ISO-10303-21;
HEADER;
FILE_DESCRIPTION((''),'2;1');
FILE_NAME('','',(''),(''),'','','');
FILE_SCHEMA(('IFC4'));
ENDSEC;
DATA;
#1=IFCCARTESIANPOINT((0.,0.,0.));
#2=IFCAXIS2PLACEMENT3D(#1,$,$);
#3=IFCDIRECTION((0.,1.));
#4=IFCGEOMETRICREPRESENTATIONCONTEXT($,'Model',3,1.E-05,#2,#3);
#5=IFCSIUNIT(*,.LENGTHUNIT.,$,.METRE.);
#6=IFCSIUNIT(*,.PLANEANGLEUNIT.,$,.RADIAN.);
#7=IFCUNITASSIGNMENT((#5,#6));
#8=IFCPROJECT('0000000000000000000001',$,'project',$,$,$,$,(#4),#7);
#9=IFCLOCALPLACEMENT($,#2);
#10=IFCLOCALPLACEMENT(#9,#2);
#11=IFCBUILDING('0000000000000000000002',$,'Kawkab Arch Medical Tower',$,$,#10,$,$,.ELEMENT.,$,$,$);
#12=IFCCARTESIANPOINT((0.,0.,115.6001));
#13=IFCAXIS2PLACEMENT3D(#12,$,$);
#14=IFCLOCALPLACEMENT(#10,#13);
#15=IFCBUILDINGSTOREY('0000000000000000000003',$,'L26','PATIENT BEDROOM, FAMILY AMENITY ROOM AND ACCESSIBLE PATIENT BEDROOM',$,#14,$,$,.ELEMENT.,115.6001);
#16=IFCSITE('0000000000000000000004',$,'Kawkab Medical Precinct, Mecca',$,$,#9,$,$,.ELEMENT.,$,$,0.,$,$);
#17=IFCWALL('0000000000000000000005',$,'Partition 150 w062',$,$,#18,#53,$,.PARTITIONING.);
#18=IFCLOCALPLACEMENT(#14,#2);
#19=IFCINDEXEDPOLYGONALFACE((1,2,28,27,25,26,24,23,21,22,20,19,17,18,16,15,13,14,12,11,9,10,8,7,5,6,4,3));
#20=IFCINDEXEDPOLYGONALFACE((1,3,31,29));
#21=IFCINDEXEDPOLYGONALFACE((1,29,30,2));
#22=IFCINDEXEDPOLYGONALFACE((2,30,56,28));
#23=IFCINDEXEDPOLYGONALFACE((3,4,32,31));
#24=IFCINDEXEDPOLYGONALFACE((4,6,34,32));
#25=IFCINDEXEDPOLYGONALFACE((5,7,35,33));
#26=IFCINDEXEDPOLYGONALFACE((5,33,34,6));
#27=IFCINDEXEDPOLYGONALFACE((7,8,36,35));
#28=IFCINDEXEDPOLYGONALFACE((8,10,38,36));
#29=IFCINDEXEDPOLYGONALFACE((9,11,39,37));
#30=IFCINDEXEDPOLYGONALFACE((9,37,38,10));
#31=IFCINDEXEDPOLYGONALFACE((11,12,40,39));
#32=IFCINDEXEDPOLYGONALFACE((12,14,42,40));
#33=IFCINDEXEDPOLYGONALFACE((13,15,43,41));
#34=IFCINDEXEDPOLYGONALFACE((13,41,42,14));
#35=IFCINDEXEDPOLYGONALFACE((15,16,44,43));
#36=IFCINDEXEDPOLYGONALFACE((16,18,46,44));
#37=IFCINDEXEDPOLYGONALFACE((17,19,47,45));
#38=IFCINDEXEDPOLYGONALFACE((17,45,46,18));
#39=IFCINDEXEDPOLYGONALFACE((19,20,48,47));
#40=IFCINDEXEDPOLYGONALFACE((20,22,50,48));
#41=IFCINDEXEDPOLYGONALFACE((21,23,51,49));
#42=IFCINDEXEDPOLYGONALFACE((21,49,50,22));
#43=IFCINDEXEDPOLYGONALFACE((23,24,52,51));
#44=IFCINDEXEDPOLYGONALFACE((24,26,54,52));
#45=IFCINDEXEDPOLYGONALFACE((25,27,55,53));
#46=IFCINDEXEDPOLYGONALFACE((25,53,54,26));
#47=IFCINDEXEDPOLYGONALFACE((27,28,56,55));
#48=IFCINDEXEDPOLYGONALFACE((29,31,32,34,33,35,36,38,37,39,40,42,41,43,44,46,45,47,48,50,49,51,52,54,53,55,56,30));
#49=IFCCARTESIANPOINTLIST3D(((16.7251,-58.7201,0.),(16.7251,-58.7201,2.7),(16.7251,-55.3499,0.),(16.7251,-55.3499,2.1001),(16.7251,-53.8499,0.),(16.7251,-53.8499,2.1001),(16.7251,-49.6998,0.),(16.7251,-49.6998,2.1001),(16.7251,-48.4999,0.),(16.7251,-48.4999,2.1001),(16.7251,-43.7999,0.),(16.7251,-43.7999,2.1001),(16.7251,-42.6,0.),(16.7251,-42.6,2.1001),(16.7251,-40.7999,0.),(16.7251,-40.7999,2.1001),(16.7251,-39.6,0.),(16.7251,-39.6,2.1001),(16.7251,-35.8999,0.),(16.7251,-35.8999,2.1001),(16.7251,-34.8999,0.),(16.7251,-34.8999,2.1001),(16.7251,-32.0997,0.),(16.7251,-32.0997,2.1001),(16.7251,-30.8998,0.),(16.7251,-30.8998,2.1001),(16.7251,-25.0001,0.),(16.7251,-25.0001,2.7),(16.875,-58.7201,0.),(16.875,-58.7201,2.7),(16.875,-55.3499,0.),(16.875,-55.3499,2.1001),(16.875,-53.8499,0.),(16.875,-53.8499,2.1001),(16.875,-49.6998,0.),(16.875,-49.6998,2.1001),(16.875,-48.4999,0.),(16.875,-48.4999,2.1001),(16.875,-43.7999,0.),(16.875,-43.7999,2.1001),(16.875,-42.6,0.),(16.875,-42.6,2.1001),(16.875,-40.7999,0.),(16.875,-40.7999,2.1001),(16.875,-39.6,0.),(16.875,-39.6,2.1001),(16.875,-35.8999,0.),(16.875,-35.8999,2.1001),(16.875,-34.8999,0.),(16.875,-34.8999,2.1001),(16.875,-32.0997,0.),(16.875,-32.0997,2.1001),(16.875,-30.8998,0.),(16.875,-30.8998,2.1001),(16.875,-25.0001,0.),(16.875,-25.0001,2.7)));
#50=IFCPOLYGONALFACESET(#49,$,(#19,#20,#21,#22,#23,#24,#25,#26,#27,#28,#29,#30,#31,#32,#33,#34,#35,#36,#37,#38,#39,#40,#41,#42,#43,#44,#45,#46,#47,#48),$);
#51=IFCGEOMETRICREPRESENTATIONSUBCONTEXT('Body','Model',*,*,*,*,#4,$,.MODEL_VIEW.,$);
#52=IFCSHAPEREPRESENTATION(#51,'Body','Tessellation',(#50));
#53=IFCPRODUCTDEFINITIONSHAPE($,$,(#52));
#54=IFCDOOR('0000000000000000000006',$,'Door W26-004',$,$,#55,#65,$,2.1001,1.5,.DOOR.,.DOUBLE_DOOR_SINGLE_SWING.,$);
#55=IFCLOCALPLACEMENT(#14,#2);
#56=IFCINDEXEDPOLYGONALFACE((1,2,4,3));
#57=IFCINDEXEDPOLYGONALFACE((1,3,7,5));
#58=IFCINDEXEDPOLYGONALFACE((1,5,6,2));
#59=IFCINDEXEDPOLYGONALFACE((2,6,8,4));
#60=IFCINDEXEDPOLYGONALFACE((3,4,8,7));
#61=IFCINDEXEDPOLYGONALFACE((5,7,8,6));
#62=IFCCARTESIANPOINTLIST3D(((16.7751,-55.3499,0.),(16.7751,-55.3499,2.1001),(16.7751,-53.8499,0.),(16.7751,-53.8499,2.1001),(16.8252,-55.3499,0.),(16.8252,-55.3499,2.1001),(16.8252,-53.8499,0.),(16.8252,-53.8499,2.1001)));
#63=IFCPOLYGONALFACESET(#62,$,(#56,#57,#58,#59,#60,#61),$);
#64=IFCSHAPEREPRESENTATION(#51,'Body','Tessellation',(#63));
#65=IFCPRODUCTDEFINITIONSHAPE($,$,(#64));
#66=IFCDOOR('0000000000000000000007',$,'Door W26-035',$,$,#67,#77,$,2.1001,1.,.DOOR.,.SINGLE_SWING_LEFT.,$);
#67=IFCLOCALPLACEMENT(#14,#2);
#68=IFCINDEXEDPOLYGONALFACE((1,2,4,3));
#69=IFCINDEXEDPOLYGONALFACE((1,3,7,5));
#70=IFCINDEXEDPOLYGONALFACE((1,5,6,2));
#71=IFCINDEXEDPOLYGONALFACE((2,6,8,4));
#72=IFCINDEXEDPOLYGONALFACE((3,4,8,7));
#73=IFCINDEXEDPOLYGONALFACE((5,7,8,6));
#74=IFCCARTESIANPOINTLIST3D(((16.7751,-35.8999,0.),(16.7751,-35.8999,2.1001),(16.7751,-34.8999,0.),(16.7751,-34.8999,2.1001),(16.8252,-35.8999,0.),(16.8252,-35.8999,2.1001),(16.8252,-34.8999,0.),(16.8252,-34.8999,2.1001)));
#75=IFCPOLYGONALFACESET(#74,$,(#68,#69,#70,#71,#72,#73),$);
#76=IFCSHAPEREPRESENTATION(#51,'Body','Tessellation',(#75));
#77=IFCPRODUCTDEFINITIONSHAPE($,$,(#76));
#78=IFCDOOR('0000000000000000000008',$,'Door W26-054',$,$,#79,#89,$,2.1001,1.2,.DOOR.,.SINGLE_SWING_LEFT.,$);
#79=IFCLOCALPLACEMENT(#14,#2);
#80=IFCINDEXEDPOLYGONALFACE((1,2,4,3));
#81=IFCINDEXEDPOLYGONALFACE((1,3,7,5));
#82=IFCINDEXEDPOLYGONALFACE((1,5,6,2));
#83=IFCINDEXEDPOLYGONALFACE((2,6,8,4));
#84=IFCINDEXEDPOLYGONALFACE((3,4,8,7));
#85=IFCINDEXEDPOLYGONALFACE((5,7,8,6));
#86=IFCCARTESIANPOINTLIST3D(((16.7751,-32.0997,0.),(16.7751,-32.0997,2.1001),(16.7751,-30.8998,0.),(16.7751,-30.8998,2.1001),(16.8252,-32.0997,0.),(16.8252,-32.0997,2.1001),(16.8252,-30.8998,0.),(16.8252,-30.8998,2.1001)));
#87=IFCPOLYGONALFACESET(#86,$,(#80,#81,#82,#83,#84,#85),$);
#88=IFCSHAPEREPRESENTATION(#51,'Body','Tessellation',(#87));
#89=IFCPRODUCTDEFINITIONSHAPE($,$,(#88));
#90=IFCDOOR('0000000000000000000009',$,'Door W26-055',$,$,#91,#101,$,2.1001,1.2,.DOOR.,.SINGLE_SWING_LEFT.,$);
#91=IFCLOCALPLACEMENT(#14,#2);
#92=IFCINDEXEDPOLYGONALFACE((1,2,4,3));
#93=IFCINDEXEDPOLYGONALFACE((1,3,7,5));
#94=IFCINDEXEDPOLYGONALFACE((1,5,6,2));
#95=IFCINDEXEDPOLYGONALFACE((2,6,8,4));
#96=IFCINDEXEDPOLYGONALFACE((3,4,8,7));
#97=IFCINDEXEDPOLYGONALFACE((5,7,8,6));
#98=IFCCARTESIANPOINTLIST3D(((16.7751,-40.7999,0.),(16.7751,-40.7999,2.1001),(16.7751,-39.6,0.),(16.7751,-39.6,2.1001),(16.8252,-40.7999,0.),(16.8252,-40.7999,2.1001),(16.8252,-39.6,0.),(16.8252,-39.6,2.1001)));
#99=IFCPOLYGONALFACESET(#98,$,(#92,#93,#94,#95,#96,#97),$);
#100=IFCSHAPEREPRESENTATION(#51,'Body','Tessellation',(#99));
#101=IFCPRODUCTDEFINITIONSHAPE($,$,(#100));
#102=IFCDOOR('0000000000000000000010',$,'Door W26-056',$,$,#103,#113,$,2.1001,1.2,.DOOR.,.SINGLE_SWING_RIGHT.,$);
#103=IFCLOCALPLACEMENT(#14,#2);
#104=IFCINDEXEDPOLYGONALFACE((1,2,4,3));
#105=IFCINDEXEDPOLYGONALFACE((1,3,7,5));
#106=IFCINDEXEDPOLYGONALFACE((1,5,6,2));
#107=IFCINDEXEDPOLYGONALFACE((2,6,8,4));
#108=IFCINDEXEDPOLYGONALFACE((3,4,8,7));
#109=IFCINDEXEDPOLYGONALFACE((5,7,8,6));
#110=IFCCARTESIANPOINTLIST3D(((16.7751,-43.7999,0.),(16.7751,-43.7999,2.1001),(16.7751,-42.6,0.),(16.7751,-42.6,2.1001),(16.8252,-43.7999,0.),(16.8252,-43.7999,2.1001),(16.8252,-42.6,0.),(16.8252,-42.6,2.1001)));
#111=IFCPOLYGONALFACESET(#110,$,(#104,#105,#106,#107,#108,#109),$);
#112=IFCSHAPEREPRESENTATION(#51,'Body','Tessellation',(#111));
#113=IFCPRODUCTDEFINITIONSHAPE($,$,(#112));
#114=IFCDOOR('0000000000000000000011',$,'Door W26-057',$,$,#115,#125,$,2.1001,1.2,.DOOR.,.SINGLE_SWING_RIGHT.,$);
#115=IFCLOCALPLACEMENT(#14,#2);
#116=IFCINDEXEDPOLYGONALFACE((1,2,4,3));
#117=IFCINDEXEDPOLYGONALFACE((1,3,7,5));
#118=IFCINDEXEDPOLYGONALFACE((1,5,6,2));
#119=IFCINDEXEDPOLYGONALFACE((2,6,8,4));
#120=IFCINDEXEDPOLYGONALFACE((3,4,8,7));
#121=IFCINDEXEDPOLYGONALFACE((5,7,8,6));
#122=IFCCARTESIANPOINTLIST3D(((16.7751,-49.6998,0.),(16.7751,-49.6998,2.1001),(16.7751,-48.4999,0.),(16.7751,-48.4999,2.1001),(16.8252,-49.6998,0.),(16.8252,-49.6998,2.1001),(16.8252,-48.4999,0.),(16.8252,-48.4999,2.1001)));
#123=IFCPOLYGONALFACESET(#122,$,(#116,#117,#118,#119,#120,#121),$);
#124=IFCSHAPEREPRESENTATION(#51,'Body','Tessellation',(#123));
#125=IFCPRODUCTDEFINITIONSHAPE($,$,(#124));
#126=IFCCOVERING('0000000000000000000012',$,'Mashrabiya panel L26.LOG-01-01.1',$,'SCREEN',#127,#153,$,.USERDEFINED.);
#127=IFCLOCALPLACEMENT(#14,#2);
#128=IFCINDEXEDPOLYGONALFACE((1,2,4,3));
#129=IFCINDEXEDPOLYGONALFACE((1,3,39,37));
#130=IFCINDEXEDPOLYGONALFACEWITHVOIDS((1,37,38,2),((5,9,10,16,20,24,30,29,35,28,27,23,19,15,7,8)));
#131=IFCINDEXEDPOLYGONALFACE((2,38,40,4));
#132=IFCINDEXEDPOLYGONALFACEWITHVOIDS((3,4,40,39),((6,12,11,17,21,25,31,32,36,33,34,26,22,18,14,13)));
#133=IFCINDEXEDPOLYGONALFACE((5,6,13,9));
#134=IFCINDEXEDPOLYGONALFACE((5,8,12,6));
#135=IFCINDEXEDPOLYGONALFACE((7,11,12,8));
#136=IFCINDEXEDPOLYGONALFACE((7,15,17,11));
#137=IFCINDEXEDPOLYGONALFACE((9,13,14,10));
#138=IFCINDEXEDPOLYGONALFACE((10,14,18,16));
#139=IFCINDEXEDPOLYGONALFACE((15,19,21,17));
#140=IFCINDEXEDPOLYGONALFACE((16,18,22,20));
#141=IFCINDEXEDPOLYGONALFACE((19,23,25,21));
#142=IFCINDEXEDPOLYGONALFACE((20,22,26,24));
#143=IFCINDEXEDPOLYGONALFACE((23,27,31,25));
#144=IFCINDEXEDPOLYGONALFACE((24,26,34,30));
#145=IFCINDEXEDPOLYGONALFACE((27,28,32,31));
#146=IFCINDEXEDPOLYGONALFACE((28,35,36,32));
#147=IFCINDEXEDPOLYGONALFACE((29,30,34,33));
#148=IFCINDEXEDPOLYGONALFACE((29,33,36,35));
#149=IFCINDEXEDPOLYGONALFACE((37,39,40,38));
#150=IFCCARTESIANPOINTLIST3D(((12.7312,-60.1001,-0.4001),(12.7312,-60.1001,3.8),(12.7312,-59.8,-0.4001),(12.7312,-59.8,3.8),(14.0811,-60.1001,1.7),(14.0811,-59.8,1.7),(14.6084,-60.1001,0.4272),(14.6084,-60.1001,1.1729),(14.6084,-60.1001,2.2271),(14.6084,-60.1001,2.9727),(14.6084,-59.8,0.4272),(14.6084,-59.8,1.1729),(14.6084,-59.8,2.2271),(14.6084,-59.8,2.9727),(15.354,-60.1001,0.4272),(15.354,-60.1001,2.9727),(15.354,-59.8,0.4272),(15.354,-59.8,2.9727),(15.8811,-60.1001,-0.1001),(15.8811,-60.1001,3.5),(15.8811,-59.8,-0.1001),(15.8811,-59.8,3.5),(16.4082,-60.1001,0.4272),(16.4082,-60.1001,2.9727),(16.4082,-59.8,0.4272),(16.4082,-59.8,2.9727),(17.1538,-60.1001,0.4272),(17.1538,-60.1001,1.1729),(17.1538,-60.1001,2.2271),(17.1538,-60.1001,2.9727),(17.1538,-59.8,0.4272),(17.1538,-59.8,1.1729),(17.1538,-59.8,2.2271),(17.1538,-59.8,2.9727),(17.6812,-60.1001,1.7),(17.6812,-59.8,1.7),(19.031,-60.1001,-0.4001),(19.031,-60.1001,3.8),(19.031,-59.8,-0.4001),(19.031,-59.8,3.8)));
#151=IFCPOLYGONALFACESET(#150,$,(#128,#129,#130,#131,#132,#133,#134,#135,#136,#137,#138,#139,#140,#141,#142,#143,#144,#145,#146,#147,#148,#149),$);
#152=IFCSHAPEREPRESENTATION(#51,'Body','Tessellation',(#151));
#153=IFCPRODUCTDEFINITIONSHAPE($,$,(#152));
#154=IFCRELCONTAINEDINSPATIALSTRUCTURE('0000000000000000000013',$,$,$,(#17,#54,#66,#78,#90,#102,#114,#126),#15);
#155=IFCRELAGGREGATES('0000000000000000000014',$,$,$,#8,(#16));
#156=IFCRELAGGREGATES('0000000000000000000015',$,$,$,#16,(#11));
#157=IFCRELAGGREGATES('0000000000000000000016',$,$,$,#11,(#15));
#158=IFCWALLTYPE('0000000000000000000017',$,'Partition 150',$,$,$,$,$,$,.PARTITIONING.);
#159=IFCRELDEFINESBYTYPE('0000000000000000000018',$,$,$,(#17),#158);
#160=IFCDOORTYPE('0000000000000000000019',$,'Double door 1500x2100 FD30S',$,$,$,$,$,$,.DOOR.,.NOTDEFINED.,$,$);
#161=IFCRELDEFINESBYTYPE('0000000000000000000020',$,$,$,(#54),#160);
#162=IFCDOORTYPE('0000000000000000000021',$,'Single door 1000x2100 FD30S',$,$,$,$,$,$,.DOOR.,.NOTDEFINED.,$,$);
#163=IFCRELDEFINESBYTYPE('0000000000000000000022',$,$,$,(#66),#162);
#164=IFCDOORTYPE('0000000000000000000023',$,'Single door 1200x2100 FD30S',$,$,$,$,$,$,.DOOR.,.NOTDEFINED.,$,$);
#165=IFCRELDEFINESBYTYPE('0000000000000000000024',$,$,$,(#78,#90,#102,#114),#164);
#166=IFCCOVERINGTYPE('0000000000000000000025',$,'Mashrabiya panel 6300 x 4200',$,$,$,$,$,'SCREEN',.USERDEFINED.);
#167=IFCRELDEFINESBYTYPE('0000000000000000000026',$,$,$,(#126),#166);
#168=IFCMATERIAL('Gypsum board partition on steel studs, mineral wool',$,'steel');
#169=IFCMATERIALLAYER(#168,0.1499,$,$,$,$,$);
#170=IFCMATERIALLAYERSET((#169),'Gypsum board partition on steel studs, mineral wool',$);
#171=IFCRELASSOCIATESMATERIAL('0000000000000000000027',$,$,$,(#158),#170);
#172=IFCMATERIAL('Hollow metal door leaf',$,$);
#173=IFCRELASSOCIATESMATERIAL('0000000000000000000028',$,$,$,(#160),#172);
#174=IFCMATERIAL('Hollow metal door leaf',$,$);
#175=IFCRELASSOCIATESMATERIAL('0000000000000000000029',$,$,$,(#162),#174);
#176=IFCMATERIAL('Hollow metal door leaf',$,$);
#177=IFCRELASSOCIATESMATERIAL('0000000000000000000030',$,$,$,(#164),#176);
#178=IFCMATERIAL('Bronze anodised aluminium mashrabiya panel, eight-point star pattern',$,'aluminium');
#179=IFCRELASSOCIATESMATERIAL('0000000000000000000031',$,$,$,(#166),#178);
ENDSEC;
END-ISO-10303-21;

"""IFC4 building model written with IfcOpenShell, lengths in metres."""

from ifc_helpers import new_model, si_unit, direction, frame, frame_2d, origin, place, context, subcontext, project, spatial, polyline, rectangle, outline, extrude, material, layer, layer_set, material_profile, profile_set, type_object, element, fill, save


model = new_model("IFC4")

# Units and contexts
model_context = context("Model", 3, precision=1e-05, world=origin(), true_north=direction((0.0, 1.0)))
body_context = subcontext(model_context, "Body", "Model", "MODEL_VIEW")
ifc_project = project(units=[si_unit("LENGTHUNIT", "METRE"), si_unit("PLANEANGLEUNIT", "RADIAN")], contexts=[model_context])

# Site, building, storey
site_placement = place(None, origin())
site = spatial("IfcSite", under=ifc_project, at=site_placement, Name="Kawkab Medical Precinct, Mecca", CompositionType="ELEMENT", RefElevation=0.0)
building_placement = place(site_placement, origin())
building = spatial("IfcBuilding", under=site, at=building_placement, Name="Kawkab Arch Medical Tower", CompositionType="ELEMENT")
storey_placement = place(building_placement, frame((0.0, 0.0, 115.6001)))
storey = spatial("IfcBuildingStorey", under=building, at=storey_placement, Name="L26", Description="PATIENT BEDROOM, FAMILY AMENITY ROOM AND ACCESSIBLE PATIENT BEDROOM", CompositionType="ELEMENT", Elevation=115.6001)

# Wall, openings, doors
ifc_material_1 = material(Name="Gypsum board partition on steel studs, mineral wool", Category="steel")
ifc_layer_1 = layer(ifc_material_1, 0.1499)
ifc_layer_set_1 = layer_set([ifc_layer_1], Name="Gypsum board partition on steel studs, mineral wool")
wall_type = type_object("IfcWallType", Name="Partition 150", PredefinedType="PARTITIONING", material=ifc_layer_set_1)
wall_placement = place(storey_placement, frame((16.8, -58.72, 0.0), z_axis=(0.0, 0.0, 1.0), x_axis=(0.0, 1.0, 0.0)))
wall = element("IfcWall", 1, at=wall_placement, inside=storey, type_object=wall_type, Name="Partition 150 w062", PredefinedType="PARTITIONING", context=body_context, shape_type="SweptSolid", body=[
    extrude(rectangle(XDim=33.72, YDim=0.1499, at=frame_2d((16.8599, 0.0))), origin(), (0.0, 0.0, 1.0), 2.7),
])
opening_1_placement = place(wall_placement, frame((26.6201, 0.0, 0.0)))
opening_1 = element("IfcOpeningElement", 2, at=opening_1_placement, cuts=wall, PredefinedType="OPENING", context=body_context, shape_type="SweptSolid", body=[
    extrude(rectangle(XDim=1.2, YDim=2.1001, at=frame_2d((0.6001, 1.05))), frame((0.0, 0.085, 0.0), z_axis=(0.0, -1.0, 0.0), x_axis=(1.0, 0.0, 0.0)), (0.0, 0.0, 1.0), 0.1699),
])
opening_2_placement = place(wall_placement, frame((22.8201, 0.0, 0.0)))
opening_2 = element("IfcOpeningElement", 3, at=opening_2_placement, cuts=wall, PredefinedType="OPENING", context=body_context, shape_type="SweptSolid", body=[
    extrude(rectangle(XDim=1.0, YDim=2.1001, at=frame_2d((0.5, 1.05))), frame((0.0, 0.085, 0.0), z_axis=(0.0, -1.0, 0.0), x_axis=(1.0, 0.0, 0.0)), (0.0, 0.0, 1.0), 0.1699),
])
opening_3_placement = place(wall_placement, frame((17.9199, 0.0, 0.0)))
opening_3 = element("IfcOpeningElement", 4, at=opening_3_placement, cuts=wall, PredefinedType="OPENING", context=body_context, shape_type="SweptSolid", body=[
    extrude(rectangle(XDim=1.2, YDim=2.1001, at=frame_2d((0.6001, 1.05))), frame((0.0, 0.085, 0.0), z_axis=(0.0, -1.0, 0.0), x_axis=(1.0, 0.0, 0.0)), (0.0, 0.0, 1.0), 0.1699),
])
opening_4_placement = place(wall_placement, frame((14.9199, 0.0, 0.0)))
opening_4 = element("IfcOpeningElement", 5, at=opening_4_placement, cuts=wall, PredefinedType="OPENING", context=body_context, shape_type="SweptSolid", body=[
    extrude(rectangle(XDim=1.2, YDim=2.1001, at=frame_2d((0.6001, 1.05))), frame((0.0, 0.085, 0.0), z_axis=(0.0, -1.0, 0.0), x_axis=(1.0, 0.0, 0.0)), (0.0, 0.0, 1.0), 0.1699),
])
opening_5_placement = place(wall_placement, frame((9.02, 0.0, 0.0)))
opening_5 = element("IfcOpeningElement", 6, at=opening_5_placement, cuts=wall, PredefinedType="OPENING", context=body_context, shape_type="SweptSolid", body=[
    extrude(rectangle(XDim=1.2, YDim=2.1001, at=frame_2d((0.6001, 1.05))), frame((0.0, 0.085, 0.0), z_axis=(0.0, -1.0, 0.0), x_axis=(1.0, 0.0, 0.0)), (0.0, 0.0, 1.0), 0.1699),
])
opening_6_placement = place(wall_placement, frame((3.3701, 0.0, 0.0)))
opening_6 = element("IfcOpeningElement", 7, at=opening_6_placement, cuts=wall, PredefinedType="OPENING", context=body_context, shape_type="SweptSolid", body=[
    extrude(rectangle(XDim=1.5, YDim=2.1001, at=frame_2d((0.75, 1.05))), frame((0.0, 0.085, 0.0), z_axis=(0.0, -1.0, 0.0), x_axis=(1.0, 0.0, 0.0)), (0.0, 0.0, 1.0), 0.1699),
])
ifc_material_2 = material(Name="Hollow metal door leaf")
door_type_1 = type_object("IfcDoorType", Name="Double door 1500x2100 FD30S", OperationType="NOTDEFINED", PredefinedType="DOOR", material=ifc_material_2)
door_1_placement = place(opening_6_placement, origin())
door_1 = element("IfcDoor", 8, at=door_1_placement, inside=storey, type_object=door_type_1, Name="Door W26-004", OperationType="DOUBLE_DOOR_SINGLE_SWING", OverallHeight=2.1001, OverallWidth=1.5, PredefinedType="DOOR", context=body_context, shape_type="SweptSolid", body=[
    extrude(rectangle(XDim=1.5, YDim=2.1001, at=frame_2d((0.75, 1.05))), frame((0.0, 0.0249, 0.0), z_axis=(0.0, -1.0, 0.0), x_axis=(1.0, 0.0, 0.0)), (0.0, 0.0, 1.0), 0.05),
])
fill(opening_6, door_1)
ifc_material_3 = material(Name="Hollow metal door leaf")
door_type_2 = type_object("IfcDoorType", Name="Single door 1000x2100 FD30S", OperationType="NOTDEFINED", PredefinedType="DOOR", material=ifc_material_3)
door_2_placement = place(opening_2_placement, origin())
door_2 = element("IfcDoor", 9, at=door_2_placement, inside=storey, type_object=door_type_2, Name="Door W26-035", OperationType="SINGLE_SWING_LEFT", OverallHeight=2.1001, OverallWidth=1.0, PredefinedType="DOOR", context=body_context, shape_type="SweptSolid", body=[
    extrude(rectangle(XDim=1.0, YDim=2.1001, at=frame_2d((0.5, 1.05))), frame((0.0, 0.0249, 0.0), z_axis=(0.0, -1.0, 0.0), x_axis=(1.0, 0.0, 0.0)), (0.0, 0.0, 1.0), 0.05),
])
fill(opening_2, door_2)
ifc_material_4 = material(Name="Hollow metal door leaf")
door_type_3 = type_object("IfcDoorType", Name="Single door 1200x2100 FD30S", OperationType="NOTDEFINED", PredefinedType="DOOR", material=ifc_material_4)
door_3_placement = place(opening_1_placement, origin())
door_3 = element("IfcDoor", 10, at=door_3_placement, inside=storey, type_object=door_type_3, Name="Door W26-054", OperationType="SINGLE_SWING_LEFT", OverallHeight=2.1001, OverallWidth=1.2, PredefinedType="DOOR", context=body_context, shape_type="SweptSolid", body=[
    extrude(rectangle(XDim=1.2, YDim=2.1001, at=frame_2d((0.6001, 1.05))), frame((0.0, 0.0249, 0.0), z_axis=(0.0, -1.0, 0.0), x_axis=(1.0, 0.0, 0.0)), (0.0, 0.0, 1.0), 0.05),
])
fill(opening_1, door_3)
door_4_placement = place(opening_3_placement, origin())
door_4 = element("IfcDoor", 11, at=door_4_placement, inside=storey, type_object=door_type_3, Name="Door W26-055", OperationType="SINGLE_SWING_LEFT", OverallHeight=2.1001, OverallWidth=1.2, PredefinedType="DOOR", context=body_context, shape_type="SweptSolid", body=[
    extrude(rectangle(XDim=1.2, YDim=2.1001, at=frame_2d((0.6001, 1.05))), frame((0.0, 0.0249, 0.0), z_axis=(0.0, -1.0, 0.0), x_axis=(1.0, 0.0, 0.0)), (0.0, 0.0, 1.0), 0.05),
])
fill(opening_3, door_4)
door_5_placement = place(opening_4_placement, origin())
door_5 = element("IfcDoor", 12, at=door_5_placement, inside=storey, type_object=door_type_3, Name="Door W26-056", OperationType="SINGLE_SWING_RIGHT", OverallHeight=2.1001, OverallWidth=1.2, PredefinedType="DOOR", context=body_context, shape_type="SweptSolid", body=[
    extrude(rectangle(XDim=1.2, YDim=2.1001, at=frame_2d((0.6001, 1.05))), frame((0.0, 0.0249, 0.0), z_axis=(0.0, -1.0, 0.0), x_axis=(1.0, 0.0, 0.0)), (0.0, 0.0, 1.0), 0.05),
])
fill(opening_4, door_5)
door_6_placement = place(opening_5_placement, origin())
door_6 = element("IfcDoor", 13, at=door_6_placement, inside=storey, type_object=door_type_3, Name="Door W26-057", OperationType="SINGLE_SWING_RIGHT", OverallHeight=2.1001, OverallWidth=1.2, PredefinedType="DOOR", context=body_context, shape_type="SweptSolid", body=[
    extrude(rectangle(XDim=1.2, YDim=2.1001, at=frame_2d((0.6001, 1.05))), frame((0.0, 0.0249, 0.0), z_axis=(0.0, -1.0, 0.0), x_axis=(1.0, 0.0, 0.0)), (0.0, 0.0, 1.0), 0.05),
])
fill(opening_5, door_6)

# Covering
ifc_material_5 = material(Name="Bronze anodised aluminium mashrabiya panel, eight-point star pattern", Category="aluminium")
ifc_material_profile_1 = material_profile(ifc_material_5, outline(polyline([(-3.1499, -2.1001), (3.1499, -2.1001), (3.1499, 2.1001), (-3.1499, 2.1001), (-3.1499, -2.1001)]), holes=[polyline([(1.8, 0.0), (1.2727, 0.5271), (1.2727, 1.2727), (0.5271, 1.2727), (0.0, 1.8), (-0.5271, 1.2727), (-1.2727, 1.2727), (-1.2727, 0.5271), (-1.8, 0.0), (-1.2727, -0.5271), (-1.2727, -1.2727), (-0.5271, -1.2727), (0.0, -1.8), (0.5271, -1.2727), (1.2727, -1.2727), (1.2727, -0.5271), (1.8, 0.0)])]), Name="Mashrabiya panel 6300x4200")
ifc_profile_set_1 = profile_set([ifc_material_profile_1], Name="Bronze anodised aluminium mashrabiya panel, eight-point star pattern")
covering_type_1 = type_object("IfcCoveringType", Name="Mashrabiya panel 6300 x 4200", ElementType="SCREEN", PredefinedType="USERDEFINED", material=ifc_profile_set_1)
covering_1_placement = place(storey_placement, frame((15.8811, -59.8, 1.7), z_axis=(0.0, -1.0, 0.0), x_axis=(1.0, 0.0, 0.0)))
element("IfcCovering", 14, at=covering_1_placement, inside=storey, type_object=covering_type_1, Name="Mashrabiya panel L26.LOG-01-01.1", ObjectType="SCREEN", PredefinedType="USERDEFINED", context=body_context, shape_type="SweptSolid", body=[
    extrude(outline(polyline([(-3.1499, -2.1001), (3.1499, -2.1001), (3.1499, 2.1001), (-3.1499, 2.1001), (-3.1499, -2.1001)]), holes=[polyline([(1.8, 0.0), (1.2727, 0.5271), (1.2727, 1.2727), (0.5271, 1.2727), (0.0, 1.8), (-0.5271, 1.2727), (-1.2727, 1.2727), (-1.2727, 0.5271), (-1.8, 0.0), (-1.2727, -0.5271), (-1.2727, -1.2727), (-0.5271, -1.2727), (0.0, -1.8), (0.5271, -1.2727), (1.2727, -1.2727), (1.2727, -0.5271), (1.8, 0.0)])]), origin(), (0.0, 0.0, 1.0), 0.3),
])

save(model, "model.ifc")
